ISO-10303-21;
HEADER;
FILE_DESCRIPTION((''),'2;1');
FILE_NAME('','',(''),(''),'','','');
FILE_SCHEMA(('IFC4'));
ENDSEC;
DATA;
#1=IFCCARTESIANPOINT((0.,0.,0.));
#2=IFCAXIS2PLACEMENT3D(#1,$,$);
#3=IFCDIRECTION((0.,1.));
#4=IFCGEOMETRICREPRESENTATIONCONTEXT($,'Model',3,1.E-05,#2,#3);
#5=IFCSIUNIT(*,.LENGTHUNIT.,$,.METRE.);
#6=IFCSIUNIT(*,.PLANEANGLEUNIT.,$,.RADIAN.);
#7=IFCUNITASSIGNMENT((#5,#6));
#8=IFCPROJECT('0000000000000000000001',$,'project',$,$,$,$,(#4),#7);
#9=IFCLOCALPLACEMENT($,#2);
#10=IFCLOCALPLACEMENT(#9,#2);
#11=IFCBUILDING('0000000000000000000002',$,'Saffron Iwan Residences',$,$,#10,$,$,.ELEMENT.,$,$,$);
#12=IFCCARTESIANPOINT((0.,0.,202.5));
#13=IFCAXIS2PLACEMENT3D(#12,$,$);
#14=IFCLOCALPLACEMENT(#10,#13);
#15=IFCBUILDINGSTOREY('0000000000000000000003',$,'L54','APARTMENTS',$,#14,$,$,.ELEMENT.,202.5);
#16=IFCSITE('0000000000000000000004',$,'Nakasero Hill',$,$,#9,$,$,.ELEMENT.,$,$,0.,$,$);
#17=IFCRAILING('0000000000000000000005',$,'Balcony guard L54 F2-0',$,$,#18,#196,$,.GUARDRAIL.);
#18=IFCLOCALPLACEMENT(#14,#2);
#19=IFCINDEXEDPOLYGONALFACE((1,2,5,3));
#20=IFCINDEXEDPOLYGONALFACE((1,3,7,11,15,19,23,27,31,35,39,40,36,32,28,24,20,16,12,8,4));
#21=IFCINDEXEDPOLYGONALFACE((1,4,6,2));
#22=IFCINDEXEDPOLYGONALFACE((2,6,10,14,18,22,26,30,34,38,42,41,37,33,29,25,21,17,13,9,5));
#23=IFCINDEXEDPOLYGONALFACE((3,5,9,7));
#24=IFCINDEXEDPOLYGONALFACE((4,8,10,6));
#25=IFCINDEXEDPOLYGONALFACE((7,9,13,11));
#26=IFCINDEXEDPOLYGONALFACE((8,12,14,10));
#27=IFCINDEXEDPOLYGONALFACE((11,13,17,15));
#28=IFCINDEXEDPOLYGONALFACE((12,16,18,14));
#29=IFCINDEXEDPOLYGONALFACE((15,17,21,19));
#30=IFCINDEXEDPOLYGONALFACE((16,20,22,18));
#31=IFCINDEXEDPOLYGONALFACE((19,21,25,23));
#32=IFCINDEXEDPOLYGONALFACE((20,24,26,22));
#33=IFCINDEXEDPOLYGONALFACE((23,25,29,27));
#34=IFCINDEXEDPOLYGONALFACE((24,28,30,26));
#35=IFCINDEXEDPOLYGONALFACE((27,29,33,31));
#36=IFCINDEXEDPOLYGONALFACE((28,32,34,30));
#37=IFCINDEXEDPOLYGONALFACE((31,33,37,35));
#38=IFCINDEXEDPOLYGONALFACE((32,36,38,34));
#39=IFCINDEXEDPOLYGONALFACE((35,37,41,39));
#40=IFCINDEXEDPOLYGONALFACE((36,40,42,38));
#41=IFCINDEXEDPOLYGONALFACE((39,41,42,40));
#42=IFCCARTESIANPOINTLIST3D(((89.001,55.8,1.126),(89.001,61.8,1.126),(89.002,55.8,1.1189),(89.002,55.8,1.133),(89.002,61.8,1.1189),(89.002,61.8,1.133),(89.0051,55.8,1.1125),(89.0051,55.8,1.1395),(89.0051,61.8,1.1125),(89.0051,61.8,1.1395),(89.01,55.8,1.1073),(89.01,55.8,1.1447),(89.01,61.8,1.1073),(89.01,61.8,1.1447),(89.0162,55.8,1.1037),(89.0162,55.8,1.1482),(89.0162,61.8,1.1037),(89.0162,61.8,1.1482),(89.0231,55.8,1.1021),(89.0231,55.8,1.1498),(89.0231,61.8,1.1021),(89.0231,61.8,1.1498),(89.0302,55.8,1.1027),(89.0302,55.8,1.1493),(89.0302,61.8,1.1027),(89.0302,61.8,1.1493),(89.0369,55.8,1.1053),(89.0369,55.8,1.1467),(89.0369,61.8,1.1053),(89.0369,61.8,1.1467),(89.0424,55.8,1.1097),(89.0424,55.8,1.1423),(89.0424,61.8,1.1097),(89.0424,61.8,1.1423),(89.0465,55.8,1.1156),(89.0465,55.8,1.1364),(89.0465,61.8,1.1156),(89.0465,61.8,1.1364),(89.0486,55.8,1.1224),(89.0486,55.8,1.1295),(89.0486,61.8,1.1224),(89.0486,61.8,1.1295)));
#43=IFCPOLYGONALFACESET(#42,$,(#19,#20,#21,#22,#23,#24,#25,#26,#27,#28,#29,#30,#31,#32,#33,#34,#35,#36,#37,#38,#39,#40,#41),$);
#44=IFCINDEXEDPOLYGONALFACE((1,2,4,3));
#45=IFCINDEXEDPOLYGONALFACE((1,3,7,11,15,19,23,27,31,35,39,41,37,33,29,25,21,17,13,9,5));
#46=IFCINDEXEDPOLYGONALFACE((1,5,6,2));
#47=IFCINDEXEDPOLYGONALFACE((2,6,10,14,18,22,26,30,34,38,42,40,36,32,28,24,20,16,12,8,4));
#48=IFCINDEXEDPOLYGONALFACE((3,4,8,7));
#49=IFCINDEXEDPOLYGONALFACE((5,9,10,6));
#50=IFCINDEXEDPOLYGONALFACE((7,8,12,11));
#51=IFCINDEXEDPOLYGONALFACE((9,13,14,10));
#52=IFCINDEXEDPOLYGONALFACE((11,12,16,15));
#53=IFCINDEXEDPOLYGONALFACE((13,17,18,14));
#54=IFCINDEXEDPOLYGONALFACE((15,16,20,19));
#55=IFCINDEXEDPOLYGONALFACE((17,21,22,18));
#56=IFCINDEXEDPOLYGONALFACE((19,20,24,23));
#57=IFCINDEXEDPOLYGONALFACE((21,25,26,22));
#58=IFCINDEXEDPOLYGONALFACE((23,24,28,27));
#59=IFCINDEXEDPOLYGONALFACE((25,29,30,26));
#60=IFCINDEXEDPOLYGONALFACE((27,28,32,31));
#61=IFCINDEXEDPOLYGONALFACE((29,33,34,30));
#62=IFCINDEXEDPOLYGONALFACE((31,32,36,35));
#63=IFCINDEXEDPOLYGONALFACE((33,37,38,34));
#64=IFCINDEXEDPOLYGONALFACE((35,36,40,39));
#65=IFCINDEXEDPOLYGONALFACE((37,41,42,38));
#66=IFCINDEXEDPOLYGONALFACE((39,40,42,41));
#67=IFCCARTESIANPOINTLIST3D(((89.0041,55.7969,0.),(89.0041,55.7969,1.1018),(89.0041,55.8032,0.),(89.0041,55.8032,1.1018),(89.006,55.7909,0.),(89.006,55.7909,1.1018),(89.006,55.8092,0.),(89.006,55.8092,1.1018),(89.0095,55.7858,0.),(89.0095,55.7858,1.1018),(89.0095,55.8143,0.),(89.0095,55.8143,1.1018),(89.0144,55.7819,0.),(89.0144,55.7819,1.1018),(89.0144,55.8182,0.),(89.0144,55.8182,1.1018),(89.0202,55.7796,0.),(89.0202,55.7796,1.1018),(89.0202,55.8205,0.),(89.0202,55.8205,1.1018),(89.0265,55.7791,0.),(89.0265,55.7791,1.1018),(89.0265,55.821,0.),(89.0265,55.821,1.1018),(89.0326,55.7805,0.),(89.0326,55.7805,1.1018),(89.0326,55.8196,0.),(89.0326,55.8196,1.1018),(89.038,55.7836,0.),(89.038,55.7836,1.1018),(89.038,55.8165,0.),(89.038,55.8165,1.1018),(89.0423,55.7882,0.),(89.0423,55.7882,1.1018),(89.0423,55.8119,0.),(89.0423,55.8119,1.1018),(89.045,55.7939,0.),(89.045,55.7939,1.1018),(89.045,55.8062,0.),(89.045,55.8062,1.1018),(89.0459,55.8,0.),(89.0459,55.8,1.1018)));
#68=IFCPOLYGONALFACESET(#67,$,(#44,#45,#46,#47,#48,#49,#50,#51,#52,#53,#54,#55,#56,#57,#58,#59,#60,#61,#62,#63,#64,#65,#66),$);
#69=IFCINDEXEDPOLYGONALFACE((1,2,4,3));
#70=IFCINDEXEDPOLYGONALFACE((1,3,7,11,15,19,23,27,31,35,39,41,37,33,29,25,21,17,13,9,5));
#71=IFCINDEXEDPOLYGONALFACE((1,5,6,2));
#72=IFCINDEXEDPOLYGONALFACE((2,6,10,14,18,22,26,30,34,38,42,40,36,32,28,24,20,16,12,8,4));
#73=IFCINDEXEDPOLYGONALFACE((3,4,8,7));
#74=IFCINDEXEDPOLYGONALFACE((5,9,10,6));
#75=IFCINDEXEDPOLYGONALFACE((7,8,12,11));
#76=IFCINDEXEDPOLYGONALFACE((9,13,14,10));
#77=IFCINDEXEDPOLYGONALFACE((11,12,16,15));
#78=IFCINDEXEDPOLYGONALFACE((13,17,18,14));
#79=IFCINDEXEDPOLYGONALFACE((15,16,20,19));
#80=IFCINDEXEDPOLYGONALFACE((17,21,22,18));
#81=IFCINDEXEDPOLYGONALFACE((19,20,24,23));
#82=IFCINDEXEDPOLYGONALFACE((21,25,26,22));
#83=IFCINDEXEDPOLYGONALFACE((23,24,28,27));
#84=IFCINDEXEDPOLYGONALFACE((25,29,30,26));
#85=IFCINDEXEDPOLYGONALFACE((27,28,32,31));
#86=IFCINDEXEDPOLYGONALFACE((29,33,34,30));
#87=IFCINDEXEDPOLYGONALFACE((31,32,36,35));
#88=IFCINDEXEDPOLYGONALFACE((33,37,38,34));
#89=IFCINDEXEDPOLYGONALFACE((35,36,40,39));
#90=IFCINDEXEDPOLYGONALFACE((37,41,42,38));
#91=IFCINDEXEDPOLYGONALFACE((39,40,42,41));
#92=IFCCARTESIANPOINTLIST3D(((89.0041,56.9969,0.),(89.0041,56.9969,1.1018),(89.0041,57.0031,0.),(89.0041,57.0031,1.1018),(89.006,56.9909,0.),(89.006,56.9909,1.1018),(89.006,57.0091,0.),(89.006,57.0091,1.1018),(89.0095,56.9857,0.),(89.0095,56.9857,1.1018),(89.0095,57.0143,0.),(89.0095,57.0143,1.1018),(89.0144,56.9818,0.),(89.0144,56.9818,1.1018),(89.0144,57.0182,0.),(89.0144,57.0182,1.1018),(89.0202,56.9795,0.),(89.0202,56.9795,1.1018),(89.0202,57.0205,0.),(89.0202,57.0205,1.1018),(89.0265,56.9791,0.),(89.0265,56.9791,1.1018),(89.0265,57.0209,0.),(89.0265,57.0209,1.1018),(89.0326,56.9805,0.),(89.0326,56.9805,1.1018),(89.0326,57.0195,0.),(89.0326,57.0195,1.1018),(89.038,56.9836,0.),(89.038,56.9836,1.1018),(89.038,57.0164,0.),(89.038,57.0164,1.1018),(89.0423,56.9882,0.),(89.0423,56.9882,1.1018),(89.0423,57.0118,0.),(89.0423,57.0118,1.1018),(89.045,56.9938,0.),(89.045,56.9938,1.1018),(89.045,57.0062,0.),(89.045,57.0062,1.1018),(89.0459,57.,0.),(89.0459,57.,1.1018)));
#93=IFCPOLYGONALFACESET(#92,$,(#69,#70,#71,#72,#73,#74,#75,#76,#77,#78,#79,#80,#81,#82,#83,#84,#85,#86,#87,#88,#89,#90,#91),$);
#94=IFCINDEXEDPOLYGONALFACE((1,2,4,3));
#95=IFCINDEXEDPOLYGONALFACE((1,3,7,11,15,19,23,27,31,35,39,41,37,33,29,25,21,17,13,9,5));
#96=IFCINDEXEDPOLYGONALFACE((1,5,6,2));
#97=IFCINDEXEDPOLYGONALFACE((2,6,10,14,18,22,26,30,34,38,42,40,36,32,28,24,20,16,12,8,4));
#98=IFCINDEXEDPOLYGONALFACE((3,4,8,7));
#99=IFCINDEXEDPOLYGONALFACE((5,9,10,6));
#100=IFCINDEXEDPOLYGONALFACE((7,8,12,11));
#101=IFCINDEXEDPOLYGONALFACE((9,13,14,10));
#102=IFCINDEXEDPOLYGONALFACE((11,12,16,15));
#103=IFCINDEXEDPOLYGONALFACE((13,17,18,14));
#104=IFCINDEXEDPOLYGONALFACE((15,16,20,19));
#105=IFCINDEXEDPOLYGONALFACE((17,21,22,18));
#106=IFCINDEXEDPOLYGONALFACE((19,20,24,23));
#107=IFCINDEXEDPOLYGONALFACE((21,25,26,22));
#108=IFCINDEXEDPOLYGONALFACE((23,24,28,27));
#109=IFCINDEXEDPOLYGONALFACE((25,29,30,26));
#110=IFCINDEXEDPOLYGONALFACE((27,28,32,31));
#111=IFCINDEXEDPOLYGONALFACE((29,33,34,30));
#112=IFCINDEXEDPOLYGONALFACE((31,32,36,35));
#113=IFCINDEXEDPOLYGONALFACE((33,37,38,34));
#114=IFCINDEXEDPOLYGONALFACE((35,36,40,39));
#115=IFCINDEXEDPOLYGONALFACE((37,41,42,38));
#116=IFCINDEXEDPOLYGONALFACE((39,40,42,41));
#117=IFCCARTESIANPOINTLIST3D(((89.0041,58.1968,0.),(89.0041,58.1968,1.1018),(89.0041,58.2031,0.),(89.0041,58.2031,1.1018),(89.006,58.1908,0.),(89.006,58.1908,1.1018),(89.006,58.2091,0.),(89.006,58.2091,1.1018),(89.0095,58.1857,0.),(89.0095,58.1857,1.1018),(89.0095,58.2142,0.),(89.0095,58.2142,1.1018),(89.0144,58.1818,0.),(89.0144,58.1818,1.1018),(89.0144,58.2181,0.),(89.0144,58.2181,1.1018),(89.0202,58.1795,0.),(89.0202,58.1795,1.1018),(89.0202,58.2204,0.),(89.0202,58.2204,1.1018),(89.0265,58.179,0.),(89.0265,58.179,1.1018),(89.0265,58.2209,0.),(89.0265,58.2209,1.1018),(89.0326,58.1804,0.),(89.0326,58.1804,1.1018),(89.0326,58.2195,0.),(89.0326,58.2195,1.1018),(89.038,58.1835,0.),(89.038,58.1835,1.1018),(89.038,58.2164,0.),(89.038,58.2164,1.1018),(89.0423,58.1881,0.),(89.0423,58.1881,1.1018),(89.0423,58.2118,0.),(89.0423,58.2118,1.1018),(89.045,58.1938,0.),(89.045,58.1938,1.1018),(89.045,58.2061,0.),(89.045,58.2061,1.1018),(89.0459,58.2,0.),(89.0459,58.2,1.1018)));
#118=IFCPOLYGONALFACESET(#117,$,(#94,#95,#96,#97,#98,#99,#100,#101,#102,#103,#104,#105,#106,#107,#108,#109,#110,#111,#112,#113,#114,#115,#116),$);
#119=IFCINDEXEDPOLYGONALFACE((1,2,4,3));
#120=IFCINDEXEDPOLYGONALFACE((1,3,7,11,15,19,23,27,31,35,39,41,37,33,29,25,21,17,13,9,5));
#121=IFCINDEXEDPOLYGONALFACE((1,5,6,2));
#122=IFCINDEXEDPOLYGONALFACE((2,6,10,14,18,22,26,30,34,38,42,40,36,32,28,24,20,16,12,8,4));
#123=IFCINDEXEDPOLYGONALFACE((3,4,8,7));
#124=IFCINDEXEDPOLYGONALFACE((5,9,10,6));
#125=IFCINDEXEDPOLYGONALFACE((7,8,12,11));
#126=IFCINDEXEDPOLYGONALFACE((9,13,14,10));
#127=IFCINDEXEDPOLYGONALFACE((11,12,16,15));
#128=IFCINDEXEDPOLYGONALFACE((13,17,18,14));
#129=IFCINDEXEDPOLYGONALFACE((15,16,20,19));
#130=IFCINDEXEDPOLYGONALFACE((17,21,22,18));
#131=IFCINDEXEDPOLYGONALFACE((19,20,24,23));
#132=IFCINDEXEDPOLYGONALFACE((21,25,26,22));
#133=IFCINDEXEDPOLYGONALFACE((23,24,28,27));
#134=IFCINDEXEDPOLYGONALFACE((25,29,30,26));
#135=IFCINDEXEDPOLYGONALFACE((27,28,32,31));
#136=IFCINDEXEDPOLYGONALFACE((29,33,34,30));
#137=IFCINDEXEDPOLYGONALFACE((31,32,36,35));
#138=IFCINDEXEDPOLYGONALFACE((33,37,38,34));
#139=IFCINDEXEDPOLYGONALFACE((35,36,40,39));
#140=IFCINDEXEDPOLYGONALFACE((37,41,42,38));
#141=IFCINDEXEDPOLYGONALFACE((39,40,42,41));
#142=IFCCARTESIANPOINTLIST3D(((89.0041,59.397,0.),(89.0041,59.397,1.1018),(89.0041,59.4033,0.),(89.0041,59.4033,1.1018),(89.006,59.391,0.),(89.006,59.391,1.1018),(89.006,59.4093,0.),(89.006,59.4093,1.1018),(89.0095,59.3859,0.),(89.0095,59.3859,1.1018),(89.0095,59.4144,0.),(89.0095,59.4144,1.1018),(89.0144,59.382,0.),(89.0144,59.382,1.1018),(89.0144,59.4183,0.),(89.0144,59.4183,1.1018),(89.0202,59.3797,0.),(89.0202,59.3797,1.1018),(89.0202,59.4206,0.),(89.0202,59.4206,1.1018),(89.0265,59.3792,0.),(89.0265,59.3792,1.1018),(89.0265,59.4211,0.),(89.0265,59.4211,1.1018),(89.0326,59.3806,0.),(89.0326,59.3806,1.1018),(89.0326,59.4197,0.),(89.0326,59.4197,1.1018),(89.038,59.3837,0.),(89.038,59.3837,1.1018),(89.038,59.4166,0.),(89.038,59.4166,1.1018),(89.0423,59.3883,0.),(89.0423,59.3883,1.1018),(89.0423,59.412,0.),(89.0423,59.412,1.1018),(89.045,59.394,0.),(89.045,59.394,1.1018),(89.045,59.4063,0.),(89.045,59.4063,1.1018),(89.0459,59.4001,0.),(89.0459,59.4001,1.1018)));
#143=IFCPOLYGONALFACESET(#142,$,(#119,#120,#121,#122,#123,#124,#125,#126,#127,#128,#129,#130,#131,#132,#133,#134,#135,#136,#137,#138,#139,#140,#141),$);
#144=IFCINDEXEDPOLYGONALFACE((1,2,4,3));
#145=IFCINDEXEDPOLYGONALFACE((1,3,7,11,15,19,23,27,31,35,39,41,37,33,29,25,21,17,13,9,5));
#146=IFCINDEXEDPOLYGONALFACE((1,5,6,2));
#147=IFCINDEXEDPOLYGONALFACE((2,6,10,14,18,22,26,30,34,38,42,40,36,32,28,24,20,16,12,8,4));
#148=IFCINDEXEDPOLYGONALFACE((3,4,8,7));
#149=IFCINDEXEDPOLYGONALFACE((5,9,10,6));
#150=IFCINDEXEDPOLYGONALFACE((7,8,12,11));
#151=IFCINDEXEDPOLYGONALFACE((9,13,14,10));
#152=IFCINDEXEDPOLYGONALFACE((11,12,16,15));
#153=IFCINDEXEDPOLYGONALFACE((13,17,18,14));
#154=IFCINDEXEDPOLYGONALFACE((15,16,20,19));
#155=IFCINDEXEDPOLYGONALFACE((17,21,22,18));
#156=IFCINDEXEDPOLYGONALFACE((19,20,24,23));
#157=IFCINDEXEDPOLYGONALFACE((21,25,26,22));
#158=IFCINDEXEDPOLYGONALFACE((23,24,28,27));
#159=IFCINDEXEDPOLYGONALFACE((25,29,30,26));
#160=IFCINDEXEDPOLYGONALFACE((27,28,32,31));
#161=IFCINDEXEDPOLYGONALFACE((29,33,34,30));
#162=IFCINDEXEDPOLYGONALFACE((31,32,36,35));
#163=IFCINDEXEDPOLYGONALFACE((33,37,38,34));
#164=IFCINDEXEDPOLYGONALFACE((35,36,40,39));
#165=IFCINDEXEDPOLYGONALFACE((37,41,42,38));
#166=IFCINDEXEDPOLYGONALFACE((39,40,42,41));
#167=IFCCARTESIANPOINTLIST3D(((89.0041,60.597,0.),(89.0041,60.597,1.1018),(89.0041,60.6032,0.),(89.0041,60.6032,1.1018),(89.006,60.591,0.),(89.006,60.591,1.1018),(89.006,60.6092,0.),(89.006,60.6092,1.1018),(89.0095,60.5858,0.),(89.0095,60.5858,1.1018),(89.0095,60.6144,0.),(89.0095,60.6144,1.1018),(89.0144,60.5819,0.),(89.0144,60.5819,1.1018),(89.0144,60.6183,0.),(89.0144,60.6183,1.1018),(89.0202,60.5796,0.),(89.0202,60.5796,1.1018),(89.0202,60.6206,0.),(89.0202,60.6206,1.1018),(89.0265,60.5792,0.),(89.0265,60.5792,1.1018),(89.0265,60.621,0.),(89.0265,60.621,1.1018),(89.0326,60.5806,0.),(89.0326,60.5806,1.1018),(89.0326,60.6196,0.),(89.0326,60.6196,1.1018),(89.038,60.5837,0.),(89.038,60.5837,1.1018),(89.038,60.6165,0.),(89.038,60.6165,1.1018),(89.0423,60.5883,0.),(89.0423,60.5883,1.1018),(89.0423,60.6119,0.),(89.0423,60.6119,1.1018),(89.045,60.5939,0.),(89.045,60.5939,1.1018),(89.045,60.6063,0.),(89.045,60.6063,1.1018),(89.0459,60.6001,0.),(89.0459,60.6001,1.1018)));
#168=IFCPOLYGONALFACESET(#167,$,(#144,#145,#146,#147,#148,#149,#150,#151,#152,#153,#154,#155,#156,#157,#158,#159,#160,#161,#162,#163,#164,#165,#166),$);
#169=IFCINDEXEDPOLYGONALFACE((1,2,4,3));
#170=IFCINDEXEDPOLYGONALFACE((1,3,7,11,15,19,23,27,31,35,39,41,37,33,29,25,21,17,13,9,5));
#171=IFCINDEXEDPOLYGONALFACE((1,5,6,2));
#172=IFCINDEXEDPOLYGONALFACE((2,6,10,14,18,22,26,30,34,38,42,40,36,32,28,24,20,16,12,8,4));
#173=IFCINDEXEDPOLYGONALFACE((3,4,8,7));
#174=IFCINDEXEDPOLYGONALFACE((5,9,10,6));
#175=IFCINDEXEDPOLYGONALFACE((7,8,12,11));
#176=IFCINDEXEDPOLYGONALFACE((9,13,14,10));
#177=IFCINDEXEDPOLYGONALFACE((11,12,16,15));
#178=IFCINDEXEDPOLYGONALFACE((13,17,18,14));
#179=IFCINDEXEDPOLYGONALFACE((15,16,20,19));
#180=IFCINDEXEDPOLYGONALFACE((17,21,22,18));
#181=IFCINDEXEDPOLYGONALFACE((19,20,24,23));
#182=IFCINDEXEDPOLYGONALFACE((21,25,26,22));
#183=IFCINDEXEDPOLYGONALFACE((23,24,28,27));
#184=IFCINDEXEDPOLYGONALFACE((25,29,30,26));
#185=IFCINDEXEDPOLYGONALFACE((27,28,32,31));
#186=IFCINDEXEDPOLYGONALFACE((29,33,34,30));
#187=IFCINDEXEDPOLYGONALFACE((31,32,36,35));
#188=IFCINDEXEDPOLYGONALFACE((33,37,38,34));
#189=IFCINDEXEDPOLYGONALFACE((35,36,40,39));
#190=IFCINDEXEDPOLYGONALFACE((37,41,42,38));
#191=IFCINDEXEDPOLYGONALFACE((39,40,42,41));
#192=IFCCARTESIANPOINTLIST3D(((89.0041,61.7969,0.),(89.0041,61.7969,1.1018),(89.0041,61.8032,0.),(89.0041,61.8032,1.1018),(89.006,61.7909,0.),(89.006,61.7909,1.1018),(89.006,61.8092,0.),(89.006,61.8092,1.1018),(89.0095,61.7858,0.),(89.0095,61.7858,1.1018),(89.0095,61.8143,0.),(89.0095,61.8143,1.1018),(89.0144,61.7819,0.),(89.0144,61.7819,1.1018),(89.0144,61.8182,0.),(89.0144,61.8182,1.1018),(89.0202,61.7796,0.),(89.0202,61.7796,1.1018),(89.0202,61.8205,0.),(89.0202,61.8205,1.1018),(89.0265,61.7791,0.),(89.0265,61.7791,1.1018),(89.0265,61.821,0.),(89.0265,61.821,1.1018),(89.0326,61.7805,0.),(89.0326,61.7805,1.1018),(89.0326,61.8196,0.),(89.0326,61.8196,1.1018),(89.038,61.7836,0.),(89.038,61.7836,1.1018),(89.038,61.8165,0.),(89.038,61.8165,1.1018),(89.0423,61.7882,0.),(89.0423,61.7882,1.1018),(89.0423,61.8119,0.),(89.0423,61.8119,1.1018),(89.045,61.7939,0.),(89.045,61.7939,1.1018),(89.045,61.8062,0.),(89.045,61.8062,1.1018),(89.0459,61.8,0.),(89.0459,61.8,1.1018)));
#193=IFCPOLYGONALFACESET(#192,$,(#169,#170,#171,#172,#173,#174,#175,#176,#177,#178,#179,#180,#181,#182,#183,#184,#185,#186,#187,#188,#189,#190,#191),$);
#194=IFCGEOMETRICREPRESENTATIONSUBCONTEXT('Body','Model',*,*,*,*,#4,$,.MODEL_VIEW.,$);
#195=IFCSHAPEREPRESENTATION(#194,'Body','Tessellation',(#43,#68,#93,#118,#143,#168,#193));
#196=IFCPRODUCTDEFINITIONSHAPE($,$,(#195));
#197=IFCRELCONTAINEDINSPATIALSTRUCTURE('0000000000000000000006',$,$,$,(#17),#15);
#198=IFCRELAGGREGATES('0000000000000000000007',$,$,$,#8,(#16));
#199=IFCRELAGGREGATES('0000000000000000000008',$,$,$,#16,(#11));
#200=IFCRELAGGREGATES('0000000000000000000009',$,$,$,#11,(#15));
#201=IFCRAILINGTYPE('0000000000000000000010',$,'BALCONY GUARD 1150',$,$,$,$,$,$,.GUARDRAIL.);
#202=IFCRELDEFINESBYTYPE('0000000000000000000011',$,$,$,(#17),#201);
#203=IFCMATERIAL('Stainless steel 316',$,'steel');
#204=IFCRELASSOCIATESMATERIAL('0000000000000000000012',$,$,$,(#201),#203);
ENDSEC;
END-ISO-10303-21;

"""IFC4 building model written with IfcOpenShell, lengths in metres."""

from ifc_helpers import new_model, si_unit, direction, frame, origin, origin_2d, place, context, subcontext, project, spatial, circle, extrude, material, type_object, element, save


model = new_model("IFC4")

# Units and contexts
model_context = context("Model", 3, precision=1e-05, world=origin(), true_north=direction((0.0, 1.0)))
body_context = subcontext(model_context, "Body", "Model", "MODEL_VIEW")
ifc_project = project(units=[si_unit("LENGTHUNIT", "METRE"), si_unit("PLANEANGLEUNIT", "RADIAN")], contexts=[model_context])

# Site, building, storey
site_placement = place(None, origin())
site = spatial("IfcSite", under=ifc_project, at=site_placement, Name="Nakasero Hill", CompositionType="ELEMENT", RefElevation=0.0)
building_placement = place(site_placement, origin())
building = spatial("IfcBuilding", under=site, at=building_placement, Name="Saffron Iwan Residences", CompositionType="ELEMENT")
storey_placement = place(building_placement, frame((0.0, 0.0, 202.5)))
storey = spatial("IfcBuildingStorey", under=building, at=storey_placement, Name="L54", Description="APARTMENTS", CompositionType="ELEMENT", Elevation=202.5)

# Railing
ifc_material_1 = material(Name="Stainless steel 316", Category="steel")
railing_type = type_object("IfcRailingType", Name="BALCONY GUARD 1150", PredefinedType="GUARDRAIL", material=ifc_material_1)
railing_placement = place(storey_placement, frame((89.0249, 55.8, 0.0)))
element("IfcRailing", 1, at=railing_placement, inside=storey, type_object=railing_type, Name="Balcony guard L54 F2-0", PredefinedType="GUARDRAIL", context=body_context, shape_type="SweptSolid", body=[
    extrude(circle(Radius=0.0239, at=origin_2d()), frame((0.0, 0.0, 1.126), z_axis=(0.0, 1.0, 0.0), x_axis=(-1.0, 0.0, 0.0)), (0.0, 0.0, 1.0), 6.0),
    extrude(circle(Radius=0.021, at=origin_2d()), origin(), (0.0, 0.0, 1.0), 1.1018),
    extrude(circle(Radius=0.021, at=origin_2d()), frame((0.0, 1.2, 0.0)), (0.0, 0.0, 1.0), 1.1018),
    extrude(circle(Radius=0.021, at=origin_2d()), frame((0.0, 2.3999, 0.0)), (0.0, 0.0, 1.0), 1.1018),
    extrude(circle(Radius=0.021, at=origin_2d()), frame((0.0, 3.6001, 0.0)), (0.0, 0.0, 1.0), 1.1018),
    extrude(circle(Radius=0.021, at=origin_2d()), frame((0.0, 4.8, 0.0)), (0.0, 0.0, 1.0), 1.1018),
    extrude(circle(Radius=0.021, at=origin_2d()), frame((0.0, 6.0, 0.0)), (0.0, 0.0, 1.0), 1.1018),
])

save(model, "model.ifc")
